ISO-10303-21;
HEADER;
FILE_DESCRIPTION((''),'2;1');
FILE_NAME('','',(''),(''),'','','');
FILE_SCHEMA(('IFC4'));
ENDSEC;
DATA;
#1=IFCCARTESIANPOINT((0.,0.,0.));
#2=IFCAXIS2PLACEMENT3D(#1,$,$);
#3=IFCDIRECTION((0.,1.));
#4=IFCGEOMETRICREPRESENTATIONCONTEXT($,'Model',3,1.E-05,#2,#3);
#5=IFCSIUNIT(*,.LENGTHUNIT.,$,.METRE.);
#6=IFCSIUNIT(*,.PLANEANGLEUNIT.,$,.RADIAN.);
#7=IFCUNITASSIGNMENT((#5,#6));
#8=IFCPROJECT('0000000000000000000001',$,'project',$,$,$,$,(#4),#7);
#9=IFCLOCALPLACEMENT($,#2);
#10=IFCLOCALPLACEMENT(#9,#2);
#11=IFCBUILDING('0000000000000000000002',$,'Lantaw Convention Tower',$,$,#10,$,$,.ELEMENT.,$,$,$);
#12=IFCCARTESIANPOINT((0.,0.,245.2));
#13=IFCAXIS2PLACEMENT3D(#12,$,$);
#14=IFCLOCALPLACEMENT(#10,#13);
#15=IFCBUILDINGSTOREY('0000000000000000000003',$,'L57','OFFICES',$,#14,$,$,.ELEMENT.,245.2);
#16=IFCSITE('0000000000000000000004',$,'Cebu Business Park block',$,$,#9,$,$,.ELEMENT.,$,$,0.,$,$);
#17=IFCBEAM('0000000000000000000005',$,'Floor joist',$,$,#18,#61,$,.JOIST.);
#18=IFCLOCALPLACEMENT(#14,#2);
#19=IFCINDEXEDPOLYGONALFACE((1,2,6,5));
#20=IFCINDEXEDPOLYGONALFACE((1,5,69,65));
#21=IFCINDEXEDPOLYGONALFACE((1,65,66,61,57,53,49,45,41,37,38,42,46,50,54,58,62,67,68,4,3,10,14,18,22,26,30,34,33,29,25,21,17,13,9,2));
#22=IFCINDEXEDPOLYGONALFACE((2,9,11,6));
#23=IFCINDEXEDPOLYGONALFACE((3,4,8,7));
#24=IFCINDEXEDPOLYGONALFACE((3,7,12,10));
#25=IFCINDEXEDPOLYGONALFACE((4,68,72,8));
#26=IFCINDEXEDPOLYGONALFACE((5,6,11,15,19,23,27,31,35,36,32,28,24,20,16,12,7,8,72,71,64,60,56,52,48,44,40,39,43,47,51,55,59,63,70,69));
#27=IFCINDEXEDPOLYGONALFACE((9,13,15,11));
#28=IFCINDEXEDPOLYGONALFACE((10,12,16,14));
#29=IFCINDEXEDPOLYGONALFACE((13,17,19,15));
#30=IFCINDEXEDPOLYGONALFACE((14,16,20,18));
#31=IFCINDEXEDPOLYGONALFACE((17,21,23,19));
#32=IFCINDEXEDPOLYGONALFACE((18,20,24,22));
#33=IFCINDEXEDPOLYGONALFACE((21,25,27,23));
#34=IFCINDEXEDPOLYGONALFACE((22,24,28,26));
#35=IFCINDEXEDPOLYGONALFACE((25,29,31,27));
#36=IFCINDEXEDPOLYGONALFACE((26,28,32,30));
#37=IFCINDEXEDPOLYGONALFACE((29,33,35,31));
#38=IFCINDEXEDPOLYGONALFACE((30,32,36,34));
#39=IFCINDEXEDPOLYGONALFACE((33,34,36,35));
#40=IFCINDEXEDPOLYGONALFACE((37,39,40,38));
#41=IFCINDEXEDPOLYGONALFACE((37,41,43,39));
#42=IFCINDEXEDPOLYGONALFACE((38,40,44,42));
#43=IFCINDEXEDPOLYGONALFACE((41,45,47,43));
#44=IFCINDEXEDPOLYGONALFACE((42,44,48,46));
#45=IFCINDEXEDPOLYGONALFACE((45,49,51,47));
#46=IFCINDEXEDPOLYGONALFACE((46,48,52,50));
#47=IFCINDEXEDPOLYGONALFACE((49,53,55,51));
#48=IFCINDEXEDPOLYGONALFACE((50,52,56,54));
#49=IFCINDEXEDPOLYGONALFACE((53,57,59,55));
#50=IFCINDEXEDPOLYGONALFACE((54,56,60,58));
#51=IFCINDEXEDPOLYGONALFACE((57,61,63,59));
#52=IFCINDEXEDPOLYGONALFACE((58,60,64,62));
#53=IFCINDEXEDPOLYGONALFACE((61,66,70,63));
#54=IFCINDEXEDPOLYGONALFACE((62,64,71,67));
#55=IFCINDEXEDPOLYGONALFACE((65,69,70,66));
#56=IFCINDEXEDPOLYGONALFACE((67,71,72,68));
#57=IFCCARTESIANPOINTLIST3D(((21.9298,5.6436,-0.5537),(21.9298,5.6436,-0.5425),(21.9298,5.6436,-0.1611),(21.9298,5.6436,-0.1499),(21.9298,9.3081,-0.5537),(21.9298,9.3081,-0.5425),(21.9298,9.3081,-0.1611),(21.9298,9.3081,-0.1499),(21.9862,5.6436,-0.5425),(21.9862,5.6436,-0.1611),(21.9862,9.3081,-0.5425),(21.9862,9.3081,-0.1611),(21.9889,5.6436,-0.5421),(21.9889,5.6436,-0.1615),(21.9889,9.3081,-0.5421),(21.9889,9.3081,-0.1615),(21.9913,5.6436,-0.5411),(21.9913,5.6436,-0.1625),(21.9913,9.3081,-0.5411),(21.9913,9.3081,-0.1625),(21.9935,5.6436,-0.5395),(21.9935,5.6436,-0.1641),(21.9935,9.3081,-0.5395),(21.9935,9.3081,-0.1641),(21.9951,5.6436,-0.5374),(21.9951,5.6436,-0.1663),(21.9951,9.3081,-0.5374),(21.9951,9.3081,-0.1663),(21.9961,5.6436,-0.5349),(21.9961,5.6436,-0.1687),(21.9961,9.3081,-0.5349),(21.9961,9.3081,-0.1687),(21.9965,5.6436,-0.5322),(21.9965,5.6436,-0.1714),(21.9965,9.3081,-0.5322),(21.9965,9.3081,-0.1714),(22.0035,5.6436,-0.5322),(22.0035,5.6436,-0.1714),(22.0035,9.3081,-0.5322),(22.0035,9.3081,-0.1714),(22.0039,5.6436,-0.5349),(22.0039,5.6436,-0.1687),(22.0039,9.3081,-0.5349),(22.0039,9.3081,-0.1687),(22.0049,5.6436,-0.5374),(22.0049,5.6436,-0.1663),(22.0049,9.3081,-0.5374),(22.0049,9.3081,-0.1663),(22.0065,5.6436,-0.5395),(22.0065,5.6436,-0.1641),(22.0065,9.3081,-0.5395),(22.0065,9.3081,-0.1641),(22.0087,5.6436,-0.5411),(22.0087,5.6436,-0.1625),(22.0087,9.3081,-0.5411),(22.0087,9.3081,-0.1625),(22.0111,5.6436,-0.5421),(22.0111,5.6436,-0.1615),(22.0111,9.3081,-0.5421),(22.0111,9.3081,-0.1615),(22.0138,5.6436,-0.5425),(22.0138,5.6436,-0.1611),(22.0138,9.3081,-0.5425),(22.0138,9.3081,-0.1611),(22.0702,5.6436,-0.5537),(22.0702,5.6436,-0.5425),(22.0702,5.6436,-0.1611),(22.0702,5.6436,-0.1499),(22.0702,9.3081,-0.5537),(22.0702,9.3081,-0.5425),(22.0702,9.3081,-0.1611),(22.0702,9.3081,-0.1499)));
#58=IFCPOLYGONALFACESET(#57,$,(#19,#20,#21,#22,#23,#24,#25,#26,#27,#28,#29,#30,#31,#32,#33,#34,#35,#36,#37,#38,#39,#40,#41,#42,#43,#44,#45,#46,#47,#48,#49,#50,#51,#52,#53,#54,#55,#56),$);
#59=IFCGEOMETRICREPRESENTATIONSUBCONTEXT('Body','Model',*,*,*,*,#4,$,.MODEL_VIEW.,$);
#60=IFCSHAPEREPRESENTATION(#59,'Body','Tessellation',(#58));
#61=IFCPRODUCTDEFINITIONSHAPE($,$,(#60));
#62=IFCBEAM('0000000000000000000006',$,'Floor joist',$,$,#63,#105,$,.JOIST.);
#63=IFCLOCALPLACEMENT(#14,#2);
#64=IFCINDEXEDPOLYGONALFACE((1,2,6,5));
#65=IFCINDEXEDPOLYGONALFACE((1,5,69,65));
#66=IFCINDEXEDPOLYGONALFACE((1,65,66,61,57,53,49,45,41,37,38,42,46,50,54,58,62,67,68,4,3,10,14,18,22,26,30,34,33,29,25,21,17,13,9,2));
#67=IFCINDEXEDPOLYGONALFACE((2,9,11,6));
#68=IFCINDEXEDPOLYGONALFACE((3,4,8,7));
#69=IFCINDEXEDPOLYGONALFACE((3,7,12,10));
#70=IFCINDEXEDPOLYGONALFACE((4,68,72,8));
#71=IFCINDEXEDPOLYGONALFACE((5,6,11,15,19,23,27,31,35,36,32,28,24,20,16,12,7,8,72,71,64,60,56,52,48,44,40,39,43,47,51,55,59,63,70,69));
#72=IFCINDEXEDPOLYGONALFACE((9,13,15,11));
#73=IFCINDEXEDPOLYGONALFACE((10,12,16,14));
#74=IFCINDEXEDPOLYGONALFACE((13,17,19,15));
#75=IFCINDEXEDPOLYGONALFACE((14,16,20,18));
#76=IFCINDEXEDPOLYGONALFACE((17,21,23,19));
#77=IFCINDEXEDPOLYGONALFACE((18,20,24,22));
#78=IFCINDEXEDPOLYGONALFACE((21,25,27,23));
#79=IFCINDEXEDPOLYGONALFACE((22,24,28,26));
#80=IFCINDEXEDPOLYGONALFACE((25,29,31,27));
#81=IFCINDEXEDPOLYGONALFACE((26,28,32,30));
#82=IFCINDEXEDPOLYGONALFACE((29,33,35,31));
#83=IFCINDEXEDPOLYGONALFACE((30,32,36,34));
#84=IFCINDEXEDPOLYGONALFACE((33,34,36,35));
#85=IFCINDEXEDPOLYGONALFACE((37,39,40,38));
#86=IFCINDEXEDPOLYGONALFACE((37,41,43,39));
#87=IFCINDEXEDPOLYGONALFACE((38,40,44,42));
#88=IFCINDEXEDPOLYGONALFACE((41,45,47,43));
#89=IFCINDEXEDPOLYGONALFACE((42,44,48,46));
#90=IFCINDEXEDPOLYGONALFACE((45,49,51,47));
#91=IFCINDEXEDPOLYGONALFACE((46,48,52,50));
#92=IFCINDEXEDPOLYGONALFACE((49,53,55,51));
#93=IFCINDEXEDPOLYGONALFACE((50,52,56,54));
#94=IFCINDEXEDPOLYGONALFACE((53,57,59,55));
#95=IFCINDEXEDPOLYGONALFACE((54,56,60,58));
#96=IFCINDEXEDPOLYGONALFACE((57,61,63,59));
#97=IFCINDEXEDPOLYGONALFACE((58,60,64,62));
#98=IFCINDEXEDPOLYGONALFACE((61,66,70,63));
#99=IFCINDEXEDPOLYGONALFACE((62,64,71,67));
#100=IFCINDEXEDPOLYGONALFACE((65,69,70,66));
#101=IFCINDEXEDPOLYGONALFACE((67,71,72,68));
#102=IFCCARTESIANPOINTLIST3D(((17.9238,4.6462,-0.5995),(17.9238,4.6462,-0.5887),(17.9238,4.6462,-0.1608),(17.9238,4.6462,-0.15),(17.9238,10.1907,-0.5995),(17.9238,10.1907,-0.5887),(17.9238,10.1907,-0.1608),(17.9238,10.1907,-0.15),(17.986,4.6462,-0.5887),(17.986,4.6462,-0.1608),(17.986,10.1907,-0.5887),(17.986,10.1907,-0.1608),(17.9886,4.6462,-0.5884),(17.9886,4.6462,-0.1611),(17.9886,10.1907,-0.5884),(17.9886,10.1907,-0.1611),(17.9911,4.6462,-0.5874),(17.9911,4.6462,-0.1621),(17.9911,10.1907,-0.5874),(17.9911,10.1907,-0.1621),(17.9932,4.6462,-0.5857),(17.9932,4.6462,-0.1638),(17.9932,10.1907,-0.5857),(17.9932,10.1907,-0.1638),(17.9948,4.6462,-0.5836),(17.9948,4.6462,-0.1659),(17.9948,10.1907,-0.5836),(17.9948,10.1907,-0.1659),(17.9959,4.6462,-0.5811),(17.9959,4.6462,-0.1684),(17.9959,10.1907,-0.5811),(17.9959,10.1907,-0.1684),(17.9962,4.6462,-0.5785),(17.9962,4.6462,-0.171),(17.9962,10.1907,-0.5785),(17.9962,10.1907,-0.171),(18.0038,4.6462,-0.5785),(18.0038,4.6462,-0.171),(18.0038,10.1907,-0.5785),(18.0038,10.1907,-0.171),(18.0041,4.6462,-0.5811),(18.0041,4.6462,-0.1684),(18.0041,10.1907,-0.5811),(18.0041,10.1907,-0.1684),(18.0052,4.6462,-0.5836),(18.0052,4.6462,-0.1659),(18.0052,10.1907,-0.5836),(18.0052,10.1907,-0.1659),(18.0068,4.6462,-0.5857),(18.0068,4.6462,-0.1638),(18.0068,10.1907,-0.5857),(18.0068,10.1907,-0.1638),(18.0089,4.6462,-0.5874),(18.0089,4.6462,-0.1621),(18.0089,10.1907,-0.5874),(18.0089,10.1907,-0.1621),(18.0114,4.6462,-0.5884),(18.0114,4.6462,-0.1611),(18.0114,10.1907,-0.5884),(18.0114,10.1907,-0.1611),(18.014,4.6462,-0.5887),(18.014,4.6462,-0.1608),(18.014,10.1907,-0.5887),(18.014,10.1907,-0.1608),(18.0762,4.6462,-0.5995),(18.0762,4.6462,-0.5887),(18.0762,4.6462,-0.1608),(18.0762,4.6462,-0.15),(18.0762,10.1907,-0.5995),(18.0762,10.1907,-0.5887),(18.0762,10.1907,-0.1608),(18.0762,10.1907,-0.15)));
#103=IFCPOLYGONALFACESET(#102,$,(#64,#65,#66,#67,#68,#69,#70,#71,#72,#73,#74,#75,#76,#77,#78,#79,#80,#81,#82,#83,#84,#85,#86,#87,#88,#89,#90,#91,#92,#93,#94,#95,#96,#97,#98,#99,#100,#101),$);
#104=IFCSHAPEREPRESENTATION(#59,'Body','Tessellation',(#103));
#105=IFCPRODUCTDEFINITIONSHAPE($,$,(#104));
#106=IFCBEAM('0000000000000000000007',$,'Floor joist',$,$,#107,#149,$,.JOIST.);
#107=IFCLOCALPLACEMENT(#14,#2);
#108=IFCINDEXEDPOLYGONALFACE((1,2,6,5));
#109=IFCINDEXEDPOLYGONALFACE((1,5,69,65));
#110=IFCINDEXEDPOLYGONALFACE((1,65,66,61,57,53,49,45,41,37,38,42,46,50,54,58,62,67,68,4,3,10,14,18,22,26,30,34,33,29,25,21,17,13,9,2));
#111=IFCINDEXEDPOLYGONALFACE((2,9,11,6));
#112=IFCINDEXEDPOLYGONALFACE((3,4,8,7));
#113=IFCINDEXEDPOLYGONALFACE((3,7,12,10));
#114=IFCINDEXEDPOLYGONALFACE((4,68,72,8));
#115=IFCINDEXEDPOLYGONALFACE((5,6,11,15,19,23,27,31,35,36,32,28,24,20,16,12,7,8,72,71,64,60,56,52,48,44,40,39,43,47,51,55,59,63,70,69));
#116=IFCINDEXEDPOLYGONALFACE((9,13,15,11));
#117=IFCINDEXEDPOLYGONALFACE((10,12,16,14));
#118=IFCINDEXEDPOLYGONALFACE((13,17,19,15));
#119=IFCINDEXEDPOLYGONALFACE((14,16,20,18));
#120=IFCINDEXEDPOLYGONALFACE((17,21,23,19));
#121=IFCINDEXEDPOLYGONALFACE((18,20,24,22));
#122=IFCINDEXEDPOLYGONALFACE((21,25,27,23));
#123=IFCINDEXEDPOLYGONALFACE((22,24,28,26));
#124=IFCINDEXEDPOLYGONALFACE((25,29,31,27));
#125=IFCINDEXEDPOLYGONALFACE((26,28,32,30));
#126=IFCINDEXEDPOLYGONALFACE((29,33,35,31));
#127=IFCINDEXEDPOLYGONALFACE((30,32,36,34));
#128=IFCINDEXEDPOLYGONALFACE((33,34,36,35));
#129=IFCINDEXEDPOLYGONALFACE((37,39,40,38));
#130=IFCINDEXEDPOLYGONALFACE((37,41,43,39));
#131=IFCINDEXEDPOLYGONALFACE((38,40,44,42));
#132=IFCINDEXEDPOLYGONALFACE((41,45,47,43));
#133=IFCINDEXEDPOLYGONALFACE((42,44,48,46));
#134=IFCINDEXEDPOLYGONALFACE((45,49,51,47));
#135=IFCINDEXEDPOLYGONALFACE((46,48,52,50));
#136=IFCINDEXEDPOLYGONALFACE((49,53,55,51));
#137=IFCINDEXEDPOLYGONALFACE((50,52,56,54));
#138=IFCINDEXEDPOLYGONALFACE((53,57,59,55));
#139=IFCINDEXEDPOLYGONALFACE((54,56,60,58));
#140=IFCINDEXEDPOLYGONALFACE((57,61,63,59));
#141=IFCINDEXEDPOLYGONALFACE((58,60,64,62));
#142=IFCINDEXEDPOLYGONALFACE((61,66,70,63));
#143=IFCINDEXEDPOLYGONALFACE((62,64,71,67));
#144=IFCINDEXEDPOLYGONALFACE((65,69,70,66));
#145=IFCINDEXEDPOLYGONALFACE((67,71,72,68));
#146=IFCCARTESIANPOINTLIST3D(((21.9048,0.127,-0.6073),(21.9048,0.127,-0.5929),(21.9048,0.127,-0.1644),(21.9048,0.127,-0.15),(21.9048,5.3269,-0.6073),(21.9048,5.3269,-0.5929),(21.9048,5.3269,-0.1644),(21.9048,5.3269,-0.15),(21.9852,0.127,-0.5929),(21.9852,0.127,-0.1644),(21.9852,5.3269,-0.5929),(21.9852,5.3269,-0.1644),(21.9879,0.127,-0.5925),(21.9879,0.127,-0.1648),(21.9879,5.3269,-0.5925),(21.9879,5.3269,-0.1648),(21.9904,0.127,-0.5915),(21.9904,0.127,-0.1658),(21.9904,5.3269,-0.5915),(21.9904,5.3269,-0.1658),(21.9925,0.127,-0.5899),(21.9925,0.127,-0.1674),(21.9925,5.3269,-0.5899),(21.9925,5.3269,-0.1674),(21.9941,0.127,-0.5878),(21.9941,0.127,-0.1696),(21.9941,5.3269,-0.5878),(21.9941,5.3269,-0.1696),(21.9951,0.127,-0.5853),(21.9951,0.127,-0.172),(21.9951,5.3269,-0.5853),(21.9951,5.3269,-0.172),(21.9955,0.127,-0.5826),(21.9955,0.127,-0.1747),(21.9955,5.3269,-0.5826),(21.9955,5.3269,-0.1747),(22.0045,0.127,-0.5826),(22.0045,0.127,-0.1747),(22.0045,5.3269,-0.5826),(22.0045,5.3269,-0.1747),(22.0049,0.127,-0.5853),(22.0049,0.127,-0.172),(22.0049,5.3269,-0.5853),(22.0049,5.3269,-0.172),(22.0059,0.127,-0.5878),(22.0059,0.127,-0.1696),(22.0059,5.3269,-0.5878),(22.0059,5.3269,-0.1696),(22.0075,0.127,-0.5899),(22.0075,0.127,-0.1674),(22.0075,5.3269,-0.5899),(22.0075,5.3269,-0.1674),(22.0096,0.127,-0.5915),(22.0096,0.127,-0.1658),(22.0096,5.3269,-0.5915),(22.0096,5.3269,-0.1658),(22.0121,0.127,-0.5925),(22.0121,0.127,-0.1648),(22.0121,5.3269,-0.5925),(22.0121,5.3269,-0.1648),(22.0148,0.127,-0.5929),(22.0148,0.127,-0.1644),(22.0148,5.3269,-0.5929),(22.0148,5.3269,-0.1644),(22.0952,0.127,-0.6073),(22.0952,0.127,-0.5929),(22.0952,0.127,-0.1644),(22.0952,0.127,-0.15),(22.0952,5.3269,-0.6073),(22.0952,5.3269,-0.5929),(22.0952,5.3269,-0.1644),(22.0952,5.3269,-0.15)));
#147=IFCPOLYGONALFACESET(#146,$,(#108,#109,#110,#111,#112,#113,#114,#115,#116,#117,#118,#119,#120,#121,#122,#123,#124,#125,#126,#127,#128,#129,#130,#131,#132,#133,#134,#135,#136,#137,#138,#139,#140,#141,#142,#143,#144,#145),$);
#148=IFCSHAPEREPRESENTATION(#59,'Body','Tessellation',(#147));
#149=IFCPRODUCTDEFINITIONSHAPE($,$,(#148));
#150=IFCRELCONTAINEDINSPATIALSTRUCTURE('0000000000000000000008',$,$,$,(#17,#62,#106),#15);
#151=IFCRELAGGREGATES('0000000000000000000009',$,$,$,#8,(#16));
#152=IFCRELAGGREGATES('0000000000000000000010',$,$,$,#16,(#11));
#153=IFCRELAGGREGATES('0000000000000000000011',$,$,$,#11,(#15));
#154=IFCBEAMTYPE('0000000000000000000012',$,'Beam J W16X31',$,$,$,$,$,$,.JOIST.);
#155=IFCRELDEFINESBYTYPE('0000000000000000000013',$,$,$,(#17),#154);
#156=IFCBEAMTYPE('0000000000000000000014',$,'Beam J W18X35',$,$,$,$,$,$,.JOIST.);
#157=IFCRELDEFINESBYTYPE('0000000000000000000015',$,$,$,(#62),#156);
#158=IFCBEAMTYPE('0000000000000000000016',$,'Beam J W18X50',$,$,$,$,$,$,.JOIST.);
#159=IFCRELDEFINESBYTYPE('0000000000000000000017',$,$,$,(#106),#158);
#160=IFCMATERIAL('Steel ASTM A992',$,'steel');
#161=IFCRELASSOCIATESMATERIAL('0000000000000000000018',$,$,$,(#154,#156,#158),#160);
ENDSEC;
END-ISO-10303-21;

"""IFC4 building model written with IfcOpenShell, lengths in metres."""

from ifc_helpers import new_model, si_unit, direction, frame, origin, origin_2d, place, context, subcontext, project, spatial, i_section, extrude, material, material_profile, profile_set, type_object, element, save


model = new_model("IFC4")

# Units and contexts
model_context = context("Model", 3, precision=1e-05, world=origin(), true_north=direction((0.0, 1.0)))
body_context = subcontext(model_context, "Body", "Model", "MODEL_VIEW")
ifc_project = project(units=[si_unit("LENGTHUNIT", "METRE"), si_unit("PLANEANGLEUNIT", "RADIAN")], contexts=[model_context])

# Site, building, storey
site_placement = place(None, origin())
site = spatial("IfcSite", under=ifc_project, at=site_placement, Name="Cebu Business Park block", CompositionType="ELEMENT", RefElevation=0.0)
building_placement = place(site_placement, origin())
building = spatial("IfcBuilding", under=site, at=building_placement, Name="Lantaw Convention Tower", CompositionType="ELEMENT")
storey_placement = place(building_placement, frame((0.0, 0.0, 245.2)))
storey = spatial("IfcBuildingStorey", under=building, at=storey_placement, Name="L57", Description="OFFICES", CompositionType="ELEMENT", Elevation=245.2)

# Beams
ifc_material_1 = material(Name="Steel ASTM A992", Category="steel")
ifc_material_profile_1 = material_profile(ifc_material_1, i_section(OverallWidth=0.1404, OverallDepth=0.4038, WebThickness=0.0071, FlangeThickness=0.0112, FilletRadius=0.0103, at=origin_2d()), Name="W16X31")
ifc_profile_set_1 = profile_set([ifc_material_profile_1], Name="Steel ASTM A992")
beam_type_1 = type_object("IfcBeamType", Name="Beam J W16X31", PredefinedType="JOIST", material=ifc_profile_set_1)
beam_1_placement = place(storey_placement, frame((22.0, 5.6436, -0.3518), z_axis=(0.0, 1.0, 0.0), x_axis=(-1.0, 0.0, 0.0)))
element("IfcBeam", 1, at=beam_1_placement, inside=storey, type_object=beam_type_1, Name="Floor joist", PredefinedType="JOIST", context=body_context, shape_type="SweptSolid", body=[
    extrude(i_section(OverallWidth=0.1404, OverallDepth=0.4038, WebThickness=0.0071, FlangeThickness=0.0112, FilletRadius=0.0103, at=origin_2d()), origin(), (0.0, 0.0, 1.0), 3.6646),
])
ifc_material_profile_2 = material_profile(ifc_material_1, i_section(OverallWidth=0.1523, OverallDepth=0.4495, WebThickness=0.0076, FlangeThickness=0.0107, FilletRadius=0.0103, at=origin_2d()), Name="W18X35")
ifc_profile_set_2 = profile_set([ifc_material_profile_2], Name="Steel ASTM A992")
beam_type_2 = type_object("IfcBeamType", Name="Beam J W18X35", PredefinedType="JOIST", material=ifc_profile_set_2)
beam_2_placement = place(storey_placement, frame((18.0, 4.6462, -0.3748), z_axis=(0.0, 1.0, 0.0), x_axis=(-1.0, 0.0, 0.0)))
element("IfcBeam", 2, at=beam_2_placement, inside=storey, type_object=beam_type_2, Name="Floor joist", PredefinedType="JOIST", context=body_context, shape_type="SweptSolid", body=[
    extrude(i_section(OverallWidth=0.1523, OverallDepth=0.4495, WebThickness=0.0076, FlangeThickness=0.0107, FilletRadius=0.0103, at=origin_2d()), origin(), (0.0, 0.0, 1.0), 5.5444),
])
ifc_material_profile_3 = material_profile(ifc_material_1, i_section(OverallWidth=0.1904, OverallDepth=0.4573, WebThickness=0.009, FlangeThickness=0.0144, FilletRadius=0.0103, at=origin_2d()), Name="W18X50")
ifc_profile_set_3 = profile_set([ifc_material_profile_3], Name="Steel ASTM A992")
beam_type_3 = type_object("IfcBeamType", Name="Beam J W18X50", PredefinedType="JOIST", material=ifc_profile_set_3)
beam_3_placement = place(storey_placement, frame((22.0, 0.127, -0.3787), z_axis=(0.0, 1.0, 0.0), x_axis=(-1.0, 0.0, 0.0)))
element("IfcBeam", 3, at=beam_3_placement, inside=storey, type_object=beam_type_3, Name="Floor joist", PredefinedType="JOIST", context=body_context, shape_type="SweptSolid", body=[
    extrude(i_section(OverallWidth=0.1904, OverallDepth=0.4573, WebThickness=0.009, FlangeThickness=0.0144, FilletRadius=0.0103, at=origin_2d()), origin(), (0.0, 0.0, 1.0), 5.2),
])

save(model, "model.ifc")
